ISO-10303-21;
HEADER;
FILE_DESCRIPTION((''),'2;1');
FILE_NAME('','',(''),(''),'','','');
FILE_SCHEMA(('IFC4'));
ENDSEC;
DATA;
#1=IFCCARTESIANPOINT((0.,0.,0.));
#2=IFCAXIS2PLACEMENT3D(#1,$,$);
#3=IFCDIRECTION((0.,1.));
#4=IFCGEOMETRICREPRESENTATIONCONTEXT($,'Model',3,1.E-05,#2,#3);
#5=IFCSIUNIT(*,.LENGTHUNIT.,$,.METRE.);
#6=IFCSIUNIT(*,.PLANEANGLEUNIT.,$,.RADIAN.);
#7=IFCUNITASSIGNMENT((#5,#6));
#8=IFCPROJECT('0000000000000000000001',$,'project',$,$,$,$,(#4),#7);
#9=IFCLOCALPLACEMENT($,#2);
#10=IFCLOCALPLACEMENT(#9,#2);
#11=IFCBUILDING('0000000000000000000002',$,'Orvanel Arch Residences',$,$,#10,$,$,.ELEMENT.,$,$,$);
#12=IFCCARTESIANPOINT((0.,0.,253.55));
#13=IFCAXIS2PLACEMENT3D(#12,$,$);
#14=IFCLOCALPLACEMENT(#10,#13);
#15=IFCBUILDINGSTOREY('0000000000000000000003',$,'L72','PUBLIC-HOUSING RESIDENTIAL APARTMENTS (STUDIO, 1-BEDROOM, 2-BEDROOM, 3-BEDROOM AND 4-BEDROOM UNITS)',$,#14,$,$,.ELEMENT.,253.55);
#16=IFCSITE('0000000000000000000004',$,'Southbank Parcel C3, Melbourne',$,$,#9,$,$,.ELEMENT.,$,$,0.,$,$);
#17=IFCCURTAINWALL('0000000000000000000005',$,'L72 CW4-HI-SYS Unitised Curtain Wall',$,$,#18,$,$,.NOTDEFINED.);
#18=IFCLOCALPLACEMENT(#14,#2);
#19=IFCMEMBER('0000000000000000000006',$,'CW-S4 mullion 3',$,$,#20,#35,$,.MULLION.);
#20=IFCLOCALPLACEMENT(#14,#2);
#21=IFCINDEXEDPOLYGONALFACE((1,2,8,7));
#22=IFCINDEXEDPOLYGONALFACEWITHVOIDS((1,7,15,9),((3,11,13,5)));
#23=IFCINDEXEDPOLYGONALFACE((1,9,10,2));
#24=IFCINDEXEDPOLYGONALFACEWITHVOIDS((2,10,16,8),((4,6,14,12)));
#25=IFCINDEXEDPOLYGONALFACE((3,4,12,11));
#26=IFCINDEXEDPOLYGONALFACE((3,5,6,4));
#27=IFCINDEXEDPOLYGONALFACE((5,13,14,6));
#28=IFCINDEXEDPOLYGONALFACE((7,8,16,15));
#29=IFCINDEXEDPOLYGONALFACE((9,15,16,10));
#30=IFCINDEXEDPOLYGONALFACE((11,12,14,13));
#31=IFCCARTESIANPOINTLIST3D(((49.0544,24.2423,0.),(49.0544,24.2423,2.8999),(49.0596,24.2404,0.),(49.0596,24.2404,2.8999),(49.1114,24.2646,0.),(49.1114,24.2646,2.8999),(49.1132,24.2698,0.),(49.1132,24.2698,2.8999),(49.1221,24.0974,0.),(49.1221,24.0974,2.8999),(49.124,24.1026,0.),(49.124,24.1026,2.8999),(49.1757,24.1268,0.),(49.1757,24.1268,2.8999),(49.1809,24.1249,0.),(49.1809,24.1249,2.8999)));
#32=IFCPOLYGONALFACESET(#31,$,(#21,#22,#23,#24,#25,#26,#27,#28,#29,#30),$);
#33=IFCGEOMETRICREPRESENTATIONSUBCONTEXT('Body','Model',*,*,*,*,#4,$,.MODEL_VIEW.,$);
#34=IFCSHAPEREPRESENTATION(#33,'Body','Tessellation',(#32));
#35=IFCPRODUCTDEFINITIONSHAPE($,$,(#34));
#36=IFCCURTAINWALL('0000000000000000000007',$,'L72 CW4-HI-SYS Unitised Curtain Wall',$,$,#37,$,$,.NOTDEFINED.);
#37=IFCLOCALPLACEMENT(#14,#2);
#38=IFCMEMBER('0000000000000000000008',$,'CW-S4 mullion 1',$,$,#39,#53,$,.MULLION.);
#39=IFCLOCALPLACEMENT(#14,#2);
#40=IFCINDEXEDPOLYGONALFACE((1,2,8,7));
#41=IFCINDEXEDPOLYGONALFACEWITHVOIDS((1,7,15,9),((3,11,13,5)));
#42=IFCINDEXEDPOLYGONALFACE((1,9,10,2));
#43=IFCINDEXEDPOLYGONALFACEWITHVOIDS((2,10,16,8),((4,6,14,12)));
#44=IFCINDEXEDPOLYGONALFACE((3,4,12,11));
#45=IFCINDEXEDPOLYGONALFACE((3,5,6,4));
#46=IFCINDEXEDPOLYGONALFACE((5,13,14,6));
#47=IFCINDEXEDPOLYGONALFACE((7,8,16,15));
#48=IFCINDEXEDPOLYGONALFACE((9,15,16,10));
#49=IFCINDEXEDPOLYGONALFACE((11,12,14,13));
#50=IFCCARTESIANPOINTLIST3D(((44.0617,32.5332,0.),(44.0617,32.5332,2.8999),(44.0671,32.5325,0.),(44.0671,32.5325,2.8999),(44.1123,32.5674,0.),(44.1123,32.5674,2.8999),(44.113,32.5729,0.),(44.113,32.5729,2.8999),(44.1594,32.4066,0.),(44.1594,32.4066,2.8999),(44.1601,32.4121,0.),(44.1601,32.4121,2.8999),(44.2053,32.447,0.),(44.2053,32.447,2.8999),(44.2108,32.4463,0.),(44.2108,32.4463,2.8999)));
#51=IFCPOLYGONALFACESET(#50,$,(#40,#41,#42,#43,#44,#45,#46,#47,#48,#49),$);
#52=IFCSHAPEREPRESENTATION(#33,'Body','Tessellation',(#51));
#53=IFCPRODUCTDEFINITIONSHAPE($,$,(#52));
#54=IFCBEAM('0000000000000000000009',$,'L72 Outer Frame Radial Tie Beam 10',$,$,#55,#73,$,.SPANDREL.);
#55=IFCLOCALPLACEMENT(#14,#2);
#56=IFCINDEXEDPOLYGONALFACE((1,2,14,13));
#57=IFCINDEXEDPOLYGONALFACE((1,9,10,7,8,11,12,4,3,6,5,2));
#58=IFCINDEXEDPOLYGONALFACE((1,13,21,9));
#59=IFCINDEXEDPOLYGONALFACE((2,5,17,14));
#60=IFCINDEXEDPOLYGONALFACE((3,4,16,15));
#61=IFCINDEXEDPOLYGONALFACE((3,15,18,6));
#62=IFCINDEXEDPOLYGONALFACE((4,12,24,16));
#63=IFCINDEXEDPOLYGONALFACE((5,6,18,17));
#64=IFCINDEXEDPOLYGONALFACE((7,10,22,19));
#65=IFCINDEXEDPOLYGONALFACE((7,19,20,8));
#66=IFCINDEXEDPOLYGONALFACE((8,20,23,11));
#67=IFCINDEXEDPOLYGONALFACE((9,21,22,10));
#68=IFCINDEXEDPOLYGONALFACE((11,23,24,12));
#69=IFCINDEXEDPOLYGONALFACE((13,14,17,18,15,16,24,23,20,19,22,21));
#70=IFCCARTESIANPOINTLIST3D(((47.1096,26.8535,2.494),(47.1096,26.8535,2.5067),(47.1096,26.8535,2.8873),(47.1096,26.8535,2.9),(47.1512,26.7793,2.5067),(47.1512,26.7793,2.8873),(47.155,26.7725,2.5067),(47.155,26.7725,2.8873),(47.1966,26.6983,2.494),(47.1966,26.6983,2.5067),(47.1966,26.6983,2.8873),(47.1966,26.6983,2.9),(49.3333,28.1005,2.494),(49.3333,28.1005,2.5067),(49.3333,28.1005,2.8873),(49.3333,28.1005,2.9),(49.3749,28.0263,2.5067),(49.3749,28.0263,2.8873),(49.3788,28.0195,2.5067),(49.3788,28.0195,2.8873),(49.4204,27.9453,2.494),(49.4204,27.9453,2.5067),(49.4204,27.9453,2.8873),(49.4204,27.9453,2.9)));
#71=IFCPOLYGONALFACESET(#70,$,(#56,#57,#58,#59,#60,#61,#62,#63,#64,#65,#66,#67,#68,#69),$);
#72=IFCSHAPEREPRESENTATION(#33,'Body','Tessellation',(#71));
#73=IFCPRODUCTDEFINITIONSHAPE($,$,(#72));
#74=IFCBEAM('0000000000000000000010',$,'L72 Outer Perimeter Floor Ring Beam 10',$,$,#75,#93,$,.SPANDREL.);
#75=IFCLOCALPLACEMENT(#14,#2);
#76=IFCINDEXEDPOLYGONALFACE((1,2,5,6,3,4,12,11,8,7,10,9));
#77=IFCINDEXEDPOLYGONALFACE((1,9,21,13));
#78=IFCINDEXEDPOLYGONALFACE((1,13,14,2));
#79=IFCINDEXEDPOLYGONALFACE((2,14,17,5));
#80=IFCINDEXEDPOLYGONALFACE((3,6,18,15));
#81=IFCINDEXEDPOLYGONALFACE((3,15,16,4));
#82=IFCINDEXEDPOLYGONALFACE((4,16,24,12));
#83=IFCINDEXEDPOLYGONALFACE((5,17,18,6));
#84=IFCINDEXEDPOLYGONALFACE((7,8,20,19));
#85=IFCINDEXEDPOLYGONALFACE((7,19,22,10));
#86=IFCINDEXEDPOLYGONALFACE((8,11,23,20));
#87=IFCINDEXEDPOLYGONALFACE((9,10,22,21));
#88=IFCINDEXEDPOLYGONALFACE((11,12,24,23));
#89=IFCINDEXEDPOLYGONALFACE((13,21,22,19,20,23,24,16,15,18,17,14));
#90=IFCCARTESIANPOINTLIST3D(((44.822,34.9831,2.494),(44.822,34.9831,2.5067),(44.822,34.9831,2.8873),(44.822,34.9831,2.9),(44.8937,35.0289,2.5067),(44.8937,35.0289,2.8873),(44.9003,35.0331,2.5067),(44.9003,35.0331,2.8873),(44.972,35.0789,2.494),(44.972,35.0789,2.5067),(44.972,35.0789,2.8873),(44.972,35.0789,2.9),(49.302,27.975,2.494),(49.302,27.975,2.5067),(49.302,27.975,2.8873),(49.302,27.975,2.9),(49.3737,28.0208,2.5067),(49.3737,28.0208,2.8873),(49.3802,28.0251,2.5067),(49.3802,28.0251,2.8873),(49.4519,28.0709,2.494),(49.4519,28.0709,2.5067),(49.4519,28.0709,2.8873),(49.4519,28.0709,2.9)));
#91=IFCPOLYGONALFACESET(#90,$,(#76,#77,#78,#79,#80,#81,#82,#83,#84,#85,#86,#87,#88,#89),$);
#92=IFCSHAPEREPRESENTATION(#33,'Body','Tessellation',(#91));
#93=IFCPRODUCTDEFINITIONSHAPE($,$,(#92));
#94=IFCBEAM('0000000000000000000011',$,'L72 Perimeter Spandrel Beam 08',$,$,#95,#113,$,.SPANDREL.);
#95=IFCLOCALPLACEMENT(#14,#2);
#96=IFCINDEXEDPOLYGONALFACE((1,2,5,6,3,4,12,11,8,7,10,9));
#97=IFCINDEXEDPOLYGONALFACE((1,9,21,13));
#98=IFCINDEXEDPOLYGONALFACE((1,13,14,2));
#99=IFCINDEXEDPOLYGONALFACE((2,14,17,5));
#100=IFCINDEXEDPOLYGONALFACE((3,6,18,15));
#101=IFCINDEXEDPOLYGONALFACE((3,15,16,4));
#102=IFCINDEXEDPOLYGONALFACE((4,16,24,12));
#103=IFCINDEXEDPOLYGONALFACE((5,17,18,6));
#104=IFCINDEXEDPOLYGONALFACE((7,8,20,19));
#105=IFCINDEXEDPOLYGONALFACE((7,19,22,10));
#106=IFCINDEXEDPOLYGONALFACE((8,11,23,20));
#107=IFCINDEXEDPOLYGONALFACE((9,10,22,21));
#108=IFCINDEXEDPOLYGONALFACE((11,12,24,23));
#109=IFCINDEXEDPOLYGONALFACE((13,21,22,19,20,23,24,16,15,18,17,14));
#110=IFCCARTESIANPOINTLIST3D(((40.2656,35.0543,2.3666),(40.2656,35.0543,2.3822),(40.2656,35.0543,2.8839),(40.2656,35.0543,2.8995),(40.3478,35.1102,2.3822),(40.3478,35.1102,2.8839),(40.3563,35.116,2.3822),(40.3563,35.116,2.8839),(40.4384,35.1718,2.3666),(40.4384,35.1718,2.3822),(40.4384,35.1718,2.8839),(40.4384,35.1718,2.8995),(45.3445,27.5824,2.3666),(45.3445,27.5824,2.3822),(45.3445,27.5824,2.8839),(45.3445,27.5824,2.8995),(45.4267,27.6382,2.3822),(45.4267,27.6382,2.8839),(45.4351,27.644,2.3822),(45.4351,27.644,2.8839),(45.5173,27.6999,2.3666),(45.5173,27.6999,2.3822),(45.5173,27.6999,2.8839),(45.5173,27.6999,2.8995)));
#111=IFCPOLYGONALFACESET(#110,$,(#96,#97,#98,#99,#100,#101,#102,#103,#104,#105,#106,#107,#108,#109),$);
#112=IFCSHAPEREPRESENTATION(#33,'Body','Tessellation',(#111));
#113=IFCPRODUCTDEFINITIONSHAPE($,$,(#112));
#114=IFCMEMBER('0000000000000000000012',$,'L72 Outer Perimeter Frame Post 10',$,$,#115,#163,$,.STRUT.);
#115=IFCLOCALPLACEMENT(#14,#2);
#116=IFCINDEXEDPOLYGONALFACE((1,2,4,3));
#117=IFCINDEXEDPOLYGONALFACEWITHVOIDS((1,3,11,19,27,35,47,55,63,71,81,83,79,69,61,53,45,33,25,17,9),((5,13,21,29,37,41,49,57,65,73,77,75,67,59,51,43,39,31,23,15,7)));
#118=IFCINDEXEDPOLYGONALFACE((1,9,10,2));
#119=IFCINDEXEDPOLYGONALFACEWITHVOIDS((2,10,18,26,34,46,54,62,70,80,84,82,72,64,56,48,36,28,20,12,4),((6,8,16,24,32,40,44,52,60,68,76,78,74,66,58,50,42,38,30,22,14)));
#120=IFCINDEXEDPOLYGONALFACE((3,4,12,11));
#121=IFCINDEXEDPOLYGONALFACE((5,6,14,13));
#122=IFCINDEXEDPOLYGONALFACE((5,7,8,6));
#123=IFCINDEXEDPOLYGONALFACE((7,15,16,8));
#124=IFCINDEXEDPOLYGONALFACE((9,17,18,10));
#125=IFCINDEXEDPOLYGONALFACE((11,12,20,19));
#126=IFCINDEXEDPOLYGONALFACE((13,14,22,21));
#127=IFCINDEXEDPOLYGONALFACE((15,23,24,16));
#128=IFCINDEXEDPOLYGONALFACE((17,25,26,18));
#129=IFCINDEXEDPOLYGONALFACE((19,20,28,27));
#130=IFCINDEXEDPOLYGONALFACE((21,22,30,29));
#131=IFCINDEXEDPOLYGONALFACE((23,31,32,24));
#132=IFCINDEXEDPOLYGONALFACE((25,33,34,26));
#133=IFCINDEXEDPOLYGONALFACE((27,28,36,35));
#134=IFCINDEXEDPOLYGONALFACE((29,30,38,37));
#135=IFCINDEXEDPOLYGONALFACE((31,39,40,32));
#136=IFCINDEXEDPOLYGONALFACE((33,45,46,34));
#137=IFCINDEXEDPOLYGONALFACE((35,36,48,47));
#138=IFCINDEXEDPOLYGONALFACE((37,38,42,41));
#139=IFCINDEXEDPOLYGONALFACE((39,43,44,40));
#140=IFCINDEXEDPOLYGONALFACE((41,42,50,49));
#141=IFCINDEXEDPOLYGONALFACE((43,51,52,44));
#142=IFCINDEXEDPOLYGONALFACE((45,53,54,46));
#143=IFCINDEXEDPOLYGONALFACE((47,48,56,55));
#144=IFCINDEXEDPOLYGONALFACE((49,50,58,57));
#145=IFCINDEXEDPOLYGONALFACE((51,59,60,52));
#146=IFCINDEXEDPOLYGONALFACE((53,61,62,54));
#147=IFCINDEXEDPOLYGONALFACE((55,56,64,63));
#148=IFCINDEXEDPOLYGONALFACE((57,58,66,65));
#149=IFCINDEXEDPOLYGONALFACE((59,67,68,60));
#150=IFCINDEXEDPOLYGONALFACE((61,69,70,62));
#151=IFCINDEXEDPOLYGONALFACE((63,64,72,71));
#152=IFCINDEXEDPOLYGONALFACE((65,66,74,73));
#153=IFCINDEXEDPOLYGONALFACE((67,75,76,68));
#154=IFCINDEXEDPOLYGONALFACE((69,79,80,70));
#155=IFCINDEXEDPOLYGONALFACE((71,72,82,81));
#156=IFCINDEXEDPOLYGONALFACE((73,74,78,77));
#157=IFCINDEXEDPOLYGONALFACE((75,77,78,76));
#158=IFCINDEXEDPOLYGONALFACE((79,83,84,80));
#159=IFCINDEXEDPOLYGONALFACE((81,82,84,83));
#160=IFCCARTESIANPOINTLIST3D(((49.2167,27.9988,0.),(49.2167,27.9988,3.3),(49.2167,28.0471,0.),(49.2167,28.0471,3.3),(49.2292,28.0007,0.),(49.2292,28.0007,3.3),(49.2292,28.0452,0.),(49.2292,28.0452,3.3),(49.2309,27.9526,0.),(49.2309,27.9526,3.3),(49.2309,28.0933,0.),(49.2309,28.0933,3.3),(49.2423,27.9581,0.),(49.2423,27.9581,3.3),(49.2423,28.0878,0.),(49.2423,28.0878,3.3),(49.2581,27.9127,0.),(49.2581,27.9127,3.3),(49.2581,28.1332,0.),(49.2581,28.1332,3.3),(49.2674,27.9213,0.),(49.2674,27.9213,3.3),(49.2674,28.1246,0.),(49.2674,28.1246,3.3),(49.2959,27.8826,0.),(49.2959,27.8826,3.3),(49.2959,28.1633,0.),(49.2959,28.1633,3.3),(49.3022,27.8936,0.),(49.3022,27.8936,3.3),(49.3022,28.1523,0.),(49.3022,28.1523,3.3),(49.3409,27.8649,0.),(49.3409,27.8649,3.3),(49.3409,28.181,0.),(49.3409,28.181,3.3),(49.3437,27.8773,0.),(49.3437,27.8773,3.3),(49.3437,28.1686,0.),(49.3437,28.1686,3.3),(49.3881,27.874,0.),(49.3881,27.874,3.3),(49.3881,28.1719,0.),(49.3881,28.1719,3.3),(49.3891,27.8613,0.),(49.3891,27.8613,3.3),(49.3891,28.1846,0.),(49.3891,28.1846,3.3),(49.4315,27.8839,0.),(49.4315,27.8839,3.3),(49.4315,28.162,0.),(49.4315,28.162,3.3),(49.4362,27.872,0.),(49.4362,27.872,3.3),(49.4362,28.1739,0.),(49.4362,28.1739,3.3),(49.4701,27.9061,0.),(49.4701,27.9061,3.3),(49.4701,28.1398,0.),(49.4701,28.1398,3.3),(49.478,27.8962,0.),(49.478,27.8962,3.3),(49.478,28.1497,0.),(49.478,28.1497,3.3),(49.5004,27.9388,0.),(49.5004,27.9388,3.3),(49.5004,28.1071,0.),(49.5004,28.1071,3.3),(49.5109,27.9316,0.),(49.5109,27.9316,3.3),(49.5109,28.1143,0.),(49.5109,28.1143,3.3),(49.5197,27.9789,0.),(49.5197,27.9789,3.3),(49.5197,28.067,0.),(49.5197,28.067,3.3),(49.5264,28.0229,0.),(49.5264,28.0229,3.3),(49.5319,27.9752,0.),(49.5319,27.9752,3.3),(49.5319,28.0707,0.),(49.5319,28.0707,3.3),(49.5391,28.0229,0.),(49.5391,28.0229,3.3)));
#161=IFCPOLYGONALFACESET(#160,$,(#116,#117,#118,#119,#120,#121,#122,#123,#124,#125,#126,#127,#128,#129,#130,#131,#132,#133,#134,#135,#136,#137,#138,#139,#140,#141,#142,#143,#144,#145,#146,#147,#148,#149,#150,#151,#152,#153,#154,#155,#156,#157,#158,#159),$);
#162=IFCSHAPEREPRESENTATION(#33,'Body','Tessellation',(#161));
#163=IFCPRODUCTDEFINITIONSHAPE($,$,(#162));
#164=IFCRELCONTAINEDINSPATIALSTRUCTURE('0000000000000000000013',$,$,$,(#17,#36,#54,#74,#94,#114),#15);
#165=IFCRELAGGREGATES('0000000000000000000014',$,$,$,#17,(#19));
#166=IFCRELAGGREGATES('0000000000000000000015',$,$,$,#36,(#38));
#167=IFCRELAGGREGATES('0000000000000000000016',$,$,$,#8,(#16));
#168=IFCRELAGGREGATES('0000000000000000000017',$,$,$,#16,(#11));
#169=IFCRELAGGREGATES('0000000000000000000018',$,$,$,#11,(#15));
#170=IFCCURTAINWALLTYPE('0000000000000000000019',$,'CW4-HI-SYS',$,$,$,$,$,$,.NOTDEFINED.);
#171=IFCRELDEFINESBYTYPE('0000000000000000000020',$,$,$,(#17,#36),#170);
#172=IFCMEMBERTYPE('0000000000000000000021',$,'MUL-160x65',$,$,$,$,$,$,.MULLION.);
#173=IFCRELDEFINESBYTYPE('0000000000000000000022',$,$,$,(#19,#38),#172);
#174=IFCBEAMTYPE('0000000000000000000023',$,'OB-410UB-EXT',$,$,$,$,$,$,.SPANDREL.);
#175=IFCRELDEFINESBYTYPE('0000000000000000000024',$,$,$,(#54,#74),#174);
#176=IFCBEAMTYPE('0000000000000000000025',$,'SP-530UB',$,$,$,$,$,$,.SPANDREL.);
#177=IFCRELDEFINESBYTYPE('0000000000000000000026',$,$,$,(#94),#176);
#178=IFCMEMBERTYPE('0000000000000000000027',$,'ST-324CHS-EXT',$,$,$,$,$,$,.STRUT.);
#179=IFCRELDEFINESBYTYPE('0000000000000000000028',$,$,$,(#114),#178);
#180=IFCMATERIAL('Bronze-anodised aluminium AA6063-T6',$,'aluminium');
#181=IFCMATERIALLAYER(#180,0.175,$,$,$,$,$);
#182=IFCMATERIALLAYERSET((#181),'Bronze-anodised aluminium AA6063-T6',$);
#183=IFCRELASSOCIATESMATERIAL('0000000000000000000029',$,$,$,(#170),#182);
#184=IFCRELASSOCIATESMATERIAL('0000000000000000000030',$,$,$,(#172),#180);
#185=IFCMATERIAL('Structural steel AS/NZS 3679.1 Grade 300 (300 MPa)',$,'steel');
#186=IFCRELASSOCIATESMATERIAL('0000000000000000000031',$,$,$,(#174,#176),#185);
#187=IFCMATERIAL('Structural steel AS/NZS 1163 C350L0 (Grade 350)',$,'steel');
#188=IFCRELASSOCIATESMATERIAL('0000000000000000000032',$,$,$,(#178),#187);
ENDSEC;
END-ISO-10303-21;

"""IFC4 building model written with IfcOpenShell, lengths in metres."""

from ifc_helpers import new_model, si_unit, direction, frame, origin, origin_2d, place, context, subcontext, project, spatial, hollow_rectangle, hollow_circle, i_section, extrude, material, layer, layer_set, material_profile, profile_set, type_object, element, aggregate, save


model = new_model("IFC4")

# Units and contexts
model_context = context("Model", 3, precision=1e-05, world=origin(), true_north=direction((0.0, 1.0)))
body_context = subcontext(model_context, "Body", "Model", "MODEL_VIEW")
ifc_project = project(units=[si_unit("LENGTHUNIT", "METRE"), si_unit("PLANEANGLEUNIT", "RADIAN")], contexts=[model_context])

# Site, building, storey
site_placement = place(None, origin())
site = spatial("IfcSite", under=ifc_project, at=site_placement, Name="Southbank Parcel C3, Melbourne", CompositionType="ELEMENT", RefElevation=0.0)
building_placement = place(site_placement, origin())
building = spatial("IfcBuilding", under=site, at=building_placement, Name="Orvanel Arch Residences", CompositionType="ELEMENT")
storey_placement = place(building_placement, frame((0.0, 0.0, 253.55)))
storey = spatial("IfcBuildingStorey", under=building, at=storey_placement, Name="L72", Description="PUBLIC-HOUSING RESIDENTIAL APARTMENTS (STUDIO, 1-BEDROOM, 2-BEDROOM, 3-BEDROOM AND 4-BEDROOM UNITS)", CompositionType="ELEMENT", Elevation=253.55)

# Shared definitions
ifc_material_1 = material(Name="Structural steel AS/NZS 1163 C350L0 (Grade 350)", Category="steel")

# Shared definitions
ifc_material_2 = material(Name="Structural steel AS/NZS 3679.1 Grade 300 (300 MPa)", Category="steel")

# Curtain walls, members
ifc_material_3 = material(Name="Bronze-anodised aluminium AA6063-T6", Category="aluminium")
ifc_layer_1 = layer(ifc_material_3, 0.175)
ifc_layer_set_1 = layer_set([ifc_layer_1], Name="Bronze-anodised aluminium AA6063-T6")
curtain_wall_type = type_object("IfcCurtainWallType", Name="CW4-HI-SYS", PredefinedType="NOTDEFINED", material=ifc_layer_set_1)
curtain_wall_1_placement = place(storey_placement, origin())
curtain_wall_1 = element("IfcCurtainWall", 1, at=curtain_wall_1_placement, inside=storey, type_object=curtain_wall_type, Name="L72 CW4-HI-SYS Unitised Curtain Wall", PredefinedType="NOTDEFINED")
ifc_material_profile_1 = material_profile(ifc_material_3, hollow_rectangle(XDim=0.0649, YDim=0.1599, WallThickness=0.0039, at=origin_2d()), Name="ALU160x65x4")
ifc_profile_set_1 = profile_set([ifc_material_profile_1], Name="Bronze-anodised aluminium AA6063-T6")
member_type_1 = type_object("IfcMemberType", Name="MUL-160x65", PredefinedType="MULLION", material=ifc_profile_set_1)
member_1_placement = place(storey_placement, frame((49.1177, 24.1836, 0.0), z_axis=(0.0, 0.0, 1.0), x_axis=(-0.905975, -0.423331, 0.0)))
member_1 = element("IfcMember", 2, at=member_1_placement, type_object=member_type_1, Name="CW-S4 mullion 3", PredefinedType="MULLION", context=body_context, shape_type="SweptSolid", body=[
    extrude(hollow_rectangle(XDim=0.0649, YDim=0.1599, WallThickness=0.0039, at=origin_2d()), origin(), (0.0, 0.0, 1.0), 2.8999),
])
aggregate(curtain_wall_1, [member_1])
curtain_wall_2_placement = place(storey_placement, origin())
curtain_wall_2 = element("IfcCurtainWall", 3, at=curtain_wall_2_placement, inside=storey, type_object=curtain_wall_type, Name="L72 CW4-HI-SYS Unitised Curtain Wall", PredefinedType="NOTDEFINED")
member_2_placement = place(storey_placement, frame((44.1362, 32.4897, 0.0), z_axis=(0.0, 0.0, 1.0), x_axis=(-0.791337, -0.61138, 0.0)))
member_2 = element("IfcMember", 4, at=member_2_placement, type_object=member_type_1, Name="CW-S4 mullion 1", PredefinedType="MULLION", context=body_context, shape_type="SweptSolid", body=[
    extrude(hollow_rectangle(XDim=0.0649, YDim=0.1599, WallThickness=0.0039, at=origin_2d()), origin(), (0.0, 0.0, 1.0), 2.8999),
])
aggregate(curtain_wall_2, [member_2])

# Beams
ifc_material_profile_2 = material_profile(ifc_material_2, i_section(OverallWidth=0.178, OverallDepth=0.406, WebThickness=0.0078, FlangeThickness=0.0127, at=origin_2d()), Name="410UB59.7")
ifc_profile_set_2 = profile_set([ifc_material_profile_2], Name="Structural steel AS/NZS 3679.1 Grade 300 (300 MPa)")
beam_type_1 = type_object("IfcBeamType", Name="OB-410UB-EXT", PredefinedType="SPANDREL", material=ifc_profile_set_2)
beam_1_placement = place(storey_placement, frame((47.1531, 26.7759, 2.697), z_axis=(0.872222, 0.489111, 0.0), x_axis=(-0.489111, 0.872222, 0.0)))
element("IfcBeam", 5, at=beam_1_placement, inside=storey, type_object=beam_type_1, Name="L72 Outer Frame Radial Tie Beam 10", PredefinedType="SPANDREL", context=body_context, shape_type="SweptSolid", body=[
    extrude(i_section(OverallWidth=0.178, OverallDepth=0.406, WebThickness=0.0078, FlangeThickness=0.0127, at=origin_2d()), origin(), (0.0, 0.0, 1.0), 2.5496),
])
beam_2_placement = place(storey_placement, frame((49.377, 28.0229, 2.697), z_axis=(-0.538612, 0.842554, 0.0), x_axis=(-0.842554, -0.538612, 0.0)))
element("IfcBeam", 6, at=beam_2_placement, inside=storey, type_object=beam_type_1, Name="L72 Outer Perimeter Floor Ring Beam 10", PredefinedType="SPANDREL", context=body_context, shape_type="SweptSolid", body=[
    extrude(i_section(OverallWidth=0.178, OverallDepth=0.406, WebThickness=0.0078, FlangeThickness=0.0127, at=origin_2d()), origin(), (0.0, 0.0, 1.0), 8.3176),
])
ifc_material_profile_3 = material_profile(ifc_material_2, i_section(OverallWidth=0.209, OverallDepth=0.533, WebThickness=0.0103, FlangeThickness=0.0156, at=origin_2d()), Name="530UB92.4")
ifc_profile_set_3 = profile_set([ifc_material_profile_3], Name="Structural steel AS/NZS 3679.1 Grade 300 (300 MPa)")
beam_type_2 = type_object("IfcBeamType", Name="SP-530UB", PredefinedType="SPANDREL", material=ifc_profile_set_3)
beam_3_placement = place(storey_placement, frame((45.4309, 27.6411, 2.6331), z_axis=(-0.562155, 0.827032, 0.0), x_axis=(-0.827032, -0.562155, 0.0)))
element("IfcBeam", 7, at=beam_3_placement, inside=storey, type_object=beam_type_2, Name="L72 Perimeter Spandrel Beam 08", PredefinedType="SPANDREL", context=body_context, shape_type="SweptSolid", body=[
    extrude(i_section(OverallWidth=0.209, OverallDepth=0.533, WebThickness=0.0103, FlangeThickness=0.0156, at=origin_2d()), origin(), (0.0, 0.0, 1.0), 9.0347),
])

# Member
ifc_material_profile_4 = material_profile(ifc_material_1, hollow_circle(Radius=0.1621, WallThickness=0.0127, at=origin_2d()), Name="CHS324x12.7")
ifc_profile_set_4 = profile_set([ifc_material_profile_4], Name="Structural steel AS/NZS 1163 C350L0 (Grade 350)")
member_type_2 = type_object("IfcMemberType", Name="ST-324CHS-EXT", PredefinedType="STRUT", material=ifc_profile_set_4)
member_3_placement = place(storey_placement, frame((49.377, 28.0229, 0.0), z_axis=(0.0, 0.0, 1.0), x_axis=(1.0, 0.0, 0.0)))
element("IfcMember", 8, at=member_3_placement, inside=storey, type_object=member_type_2, Name="L72 Outer Perimeter Frame Post 10", PredefinedType="STRUT", context=body_context, shape_type="SweptSolid", body=[
    extrude(hollow_circle(Radius=0.1621, WallThickness=0.0127, at=origin_2d()), origin(), (0.0, 0.0, 1.0), 3.3),
])

save(model, "model.ifc")
